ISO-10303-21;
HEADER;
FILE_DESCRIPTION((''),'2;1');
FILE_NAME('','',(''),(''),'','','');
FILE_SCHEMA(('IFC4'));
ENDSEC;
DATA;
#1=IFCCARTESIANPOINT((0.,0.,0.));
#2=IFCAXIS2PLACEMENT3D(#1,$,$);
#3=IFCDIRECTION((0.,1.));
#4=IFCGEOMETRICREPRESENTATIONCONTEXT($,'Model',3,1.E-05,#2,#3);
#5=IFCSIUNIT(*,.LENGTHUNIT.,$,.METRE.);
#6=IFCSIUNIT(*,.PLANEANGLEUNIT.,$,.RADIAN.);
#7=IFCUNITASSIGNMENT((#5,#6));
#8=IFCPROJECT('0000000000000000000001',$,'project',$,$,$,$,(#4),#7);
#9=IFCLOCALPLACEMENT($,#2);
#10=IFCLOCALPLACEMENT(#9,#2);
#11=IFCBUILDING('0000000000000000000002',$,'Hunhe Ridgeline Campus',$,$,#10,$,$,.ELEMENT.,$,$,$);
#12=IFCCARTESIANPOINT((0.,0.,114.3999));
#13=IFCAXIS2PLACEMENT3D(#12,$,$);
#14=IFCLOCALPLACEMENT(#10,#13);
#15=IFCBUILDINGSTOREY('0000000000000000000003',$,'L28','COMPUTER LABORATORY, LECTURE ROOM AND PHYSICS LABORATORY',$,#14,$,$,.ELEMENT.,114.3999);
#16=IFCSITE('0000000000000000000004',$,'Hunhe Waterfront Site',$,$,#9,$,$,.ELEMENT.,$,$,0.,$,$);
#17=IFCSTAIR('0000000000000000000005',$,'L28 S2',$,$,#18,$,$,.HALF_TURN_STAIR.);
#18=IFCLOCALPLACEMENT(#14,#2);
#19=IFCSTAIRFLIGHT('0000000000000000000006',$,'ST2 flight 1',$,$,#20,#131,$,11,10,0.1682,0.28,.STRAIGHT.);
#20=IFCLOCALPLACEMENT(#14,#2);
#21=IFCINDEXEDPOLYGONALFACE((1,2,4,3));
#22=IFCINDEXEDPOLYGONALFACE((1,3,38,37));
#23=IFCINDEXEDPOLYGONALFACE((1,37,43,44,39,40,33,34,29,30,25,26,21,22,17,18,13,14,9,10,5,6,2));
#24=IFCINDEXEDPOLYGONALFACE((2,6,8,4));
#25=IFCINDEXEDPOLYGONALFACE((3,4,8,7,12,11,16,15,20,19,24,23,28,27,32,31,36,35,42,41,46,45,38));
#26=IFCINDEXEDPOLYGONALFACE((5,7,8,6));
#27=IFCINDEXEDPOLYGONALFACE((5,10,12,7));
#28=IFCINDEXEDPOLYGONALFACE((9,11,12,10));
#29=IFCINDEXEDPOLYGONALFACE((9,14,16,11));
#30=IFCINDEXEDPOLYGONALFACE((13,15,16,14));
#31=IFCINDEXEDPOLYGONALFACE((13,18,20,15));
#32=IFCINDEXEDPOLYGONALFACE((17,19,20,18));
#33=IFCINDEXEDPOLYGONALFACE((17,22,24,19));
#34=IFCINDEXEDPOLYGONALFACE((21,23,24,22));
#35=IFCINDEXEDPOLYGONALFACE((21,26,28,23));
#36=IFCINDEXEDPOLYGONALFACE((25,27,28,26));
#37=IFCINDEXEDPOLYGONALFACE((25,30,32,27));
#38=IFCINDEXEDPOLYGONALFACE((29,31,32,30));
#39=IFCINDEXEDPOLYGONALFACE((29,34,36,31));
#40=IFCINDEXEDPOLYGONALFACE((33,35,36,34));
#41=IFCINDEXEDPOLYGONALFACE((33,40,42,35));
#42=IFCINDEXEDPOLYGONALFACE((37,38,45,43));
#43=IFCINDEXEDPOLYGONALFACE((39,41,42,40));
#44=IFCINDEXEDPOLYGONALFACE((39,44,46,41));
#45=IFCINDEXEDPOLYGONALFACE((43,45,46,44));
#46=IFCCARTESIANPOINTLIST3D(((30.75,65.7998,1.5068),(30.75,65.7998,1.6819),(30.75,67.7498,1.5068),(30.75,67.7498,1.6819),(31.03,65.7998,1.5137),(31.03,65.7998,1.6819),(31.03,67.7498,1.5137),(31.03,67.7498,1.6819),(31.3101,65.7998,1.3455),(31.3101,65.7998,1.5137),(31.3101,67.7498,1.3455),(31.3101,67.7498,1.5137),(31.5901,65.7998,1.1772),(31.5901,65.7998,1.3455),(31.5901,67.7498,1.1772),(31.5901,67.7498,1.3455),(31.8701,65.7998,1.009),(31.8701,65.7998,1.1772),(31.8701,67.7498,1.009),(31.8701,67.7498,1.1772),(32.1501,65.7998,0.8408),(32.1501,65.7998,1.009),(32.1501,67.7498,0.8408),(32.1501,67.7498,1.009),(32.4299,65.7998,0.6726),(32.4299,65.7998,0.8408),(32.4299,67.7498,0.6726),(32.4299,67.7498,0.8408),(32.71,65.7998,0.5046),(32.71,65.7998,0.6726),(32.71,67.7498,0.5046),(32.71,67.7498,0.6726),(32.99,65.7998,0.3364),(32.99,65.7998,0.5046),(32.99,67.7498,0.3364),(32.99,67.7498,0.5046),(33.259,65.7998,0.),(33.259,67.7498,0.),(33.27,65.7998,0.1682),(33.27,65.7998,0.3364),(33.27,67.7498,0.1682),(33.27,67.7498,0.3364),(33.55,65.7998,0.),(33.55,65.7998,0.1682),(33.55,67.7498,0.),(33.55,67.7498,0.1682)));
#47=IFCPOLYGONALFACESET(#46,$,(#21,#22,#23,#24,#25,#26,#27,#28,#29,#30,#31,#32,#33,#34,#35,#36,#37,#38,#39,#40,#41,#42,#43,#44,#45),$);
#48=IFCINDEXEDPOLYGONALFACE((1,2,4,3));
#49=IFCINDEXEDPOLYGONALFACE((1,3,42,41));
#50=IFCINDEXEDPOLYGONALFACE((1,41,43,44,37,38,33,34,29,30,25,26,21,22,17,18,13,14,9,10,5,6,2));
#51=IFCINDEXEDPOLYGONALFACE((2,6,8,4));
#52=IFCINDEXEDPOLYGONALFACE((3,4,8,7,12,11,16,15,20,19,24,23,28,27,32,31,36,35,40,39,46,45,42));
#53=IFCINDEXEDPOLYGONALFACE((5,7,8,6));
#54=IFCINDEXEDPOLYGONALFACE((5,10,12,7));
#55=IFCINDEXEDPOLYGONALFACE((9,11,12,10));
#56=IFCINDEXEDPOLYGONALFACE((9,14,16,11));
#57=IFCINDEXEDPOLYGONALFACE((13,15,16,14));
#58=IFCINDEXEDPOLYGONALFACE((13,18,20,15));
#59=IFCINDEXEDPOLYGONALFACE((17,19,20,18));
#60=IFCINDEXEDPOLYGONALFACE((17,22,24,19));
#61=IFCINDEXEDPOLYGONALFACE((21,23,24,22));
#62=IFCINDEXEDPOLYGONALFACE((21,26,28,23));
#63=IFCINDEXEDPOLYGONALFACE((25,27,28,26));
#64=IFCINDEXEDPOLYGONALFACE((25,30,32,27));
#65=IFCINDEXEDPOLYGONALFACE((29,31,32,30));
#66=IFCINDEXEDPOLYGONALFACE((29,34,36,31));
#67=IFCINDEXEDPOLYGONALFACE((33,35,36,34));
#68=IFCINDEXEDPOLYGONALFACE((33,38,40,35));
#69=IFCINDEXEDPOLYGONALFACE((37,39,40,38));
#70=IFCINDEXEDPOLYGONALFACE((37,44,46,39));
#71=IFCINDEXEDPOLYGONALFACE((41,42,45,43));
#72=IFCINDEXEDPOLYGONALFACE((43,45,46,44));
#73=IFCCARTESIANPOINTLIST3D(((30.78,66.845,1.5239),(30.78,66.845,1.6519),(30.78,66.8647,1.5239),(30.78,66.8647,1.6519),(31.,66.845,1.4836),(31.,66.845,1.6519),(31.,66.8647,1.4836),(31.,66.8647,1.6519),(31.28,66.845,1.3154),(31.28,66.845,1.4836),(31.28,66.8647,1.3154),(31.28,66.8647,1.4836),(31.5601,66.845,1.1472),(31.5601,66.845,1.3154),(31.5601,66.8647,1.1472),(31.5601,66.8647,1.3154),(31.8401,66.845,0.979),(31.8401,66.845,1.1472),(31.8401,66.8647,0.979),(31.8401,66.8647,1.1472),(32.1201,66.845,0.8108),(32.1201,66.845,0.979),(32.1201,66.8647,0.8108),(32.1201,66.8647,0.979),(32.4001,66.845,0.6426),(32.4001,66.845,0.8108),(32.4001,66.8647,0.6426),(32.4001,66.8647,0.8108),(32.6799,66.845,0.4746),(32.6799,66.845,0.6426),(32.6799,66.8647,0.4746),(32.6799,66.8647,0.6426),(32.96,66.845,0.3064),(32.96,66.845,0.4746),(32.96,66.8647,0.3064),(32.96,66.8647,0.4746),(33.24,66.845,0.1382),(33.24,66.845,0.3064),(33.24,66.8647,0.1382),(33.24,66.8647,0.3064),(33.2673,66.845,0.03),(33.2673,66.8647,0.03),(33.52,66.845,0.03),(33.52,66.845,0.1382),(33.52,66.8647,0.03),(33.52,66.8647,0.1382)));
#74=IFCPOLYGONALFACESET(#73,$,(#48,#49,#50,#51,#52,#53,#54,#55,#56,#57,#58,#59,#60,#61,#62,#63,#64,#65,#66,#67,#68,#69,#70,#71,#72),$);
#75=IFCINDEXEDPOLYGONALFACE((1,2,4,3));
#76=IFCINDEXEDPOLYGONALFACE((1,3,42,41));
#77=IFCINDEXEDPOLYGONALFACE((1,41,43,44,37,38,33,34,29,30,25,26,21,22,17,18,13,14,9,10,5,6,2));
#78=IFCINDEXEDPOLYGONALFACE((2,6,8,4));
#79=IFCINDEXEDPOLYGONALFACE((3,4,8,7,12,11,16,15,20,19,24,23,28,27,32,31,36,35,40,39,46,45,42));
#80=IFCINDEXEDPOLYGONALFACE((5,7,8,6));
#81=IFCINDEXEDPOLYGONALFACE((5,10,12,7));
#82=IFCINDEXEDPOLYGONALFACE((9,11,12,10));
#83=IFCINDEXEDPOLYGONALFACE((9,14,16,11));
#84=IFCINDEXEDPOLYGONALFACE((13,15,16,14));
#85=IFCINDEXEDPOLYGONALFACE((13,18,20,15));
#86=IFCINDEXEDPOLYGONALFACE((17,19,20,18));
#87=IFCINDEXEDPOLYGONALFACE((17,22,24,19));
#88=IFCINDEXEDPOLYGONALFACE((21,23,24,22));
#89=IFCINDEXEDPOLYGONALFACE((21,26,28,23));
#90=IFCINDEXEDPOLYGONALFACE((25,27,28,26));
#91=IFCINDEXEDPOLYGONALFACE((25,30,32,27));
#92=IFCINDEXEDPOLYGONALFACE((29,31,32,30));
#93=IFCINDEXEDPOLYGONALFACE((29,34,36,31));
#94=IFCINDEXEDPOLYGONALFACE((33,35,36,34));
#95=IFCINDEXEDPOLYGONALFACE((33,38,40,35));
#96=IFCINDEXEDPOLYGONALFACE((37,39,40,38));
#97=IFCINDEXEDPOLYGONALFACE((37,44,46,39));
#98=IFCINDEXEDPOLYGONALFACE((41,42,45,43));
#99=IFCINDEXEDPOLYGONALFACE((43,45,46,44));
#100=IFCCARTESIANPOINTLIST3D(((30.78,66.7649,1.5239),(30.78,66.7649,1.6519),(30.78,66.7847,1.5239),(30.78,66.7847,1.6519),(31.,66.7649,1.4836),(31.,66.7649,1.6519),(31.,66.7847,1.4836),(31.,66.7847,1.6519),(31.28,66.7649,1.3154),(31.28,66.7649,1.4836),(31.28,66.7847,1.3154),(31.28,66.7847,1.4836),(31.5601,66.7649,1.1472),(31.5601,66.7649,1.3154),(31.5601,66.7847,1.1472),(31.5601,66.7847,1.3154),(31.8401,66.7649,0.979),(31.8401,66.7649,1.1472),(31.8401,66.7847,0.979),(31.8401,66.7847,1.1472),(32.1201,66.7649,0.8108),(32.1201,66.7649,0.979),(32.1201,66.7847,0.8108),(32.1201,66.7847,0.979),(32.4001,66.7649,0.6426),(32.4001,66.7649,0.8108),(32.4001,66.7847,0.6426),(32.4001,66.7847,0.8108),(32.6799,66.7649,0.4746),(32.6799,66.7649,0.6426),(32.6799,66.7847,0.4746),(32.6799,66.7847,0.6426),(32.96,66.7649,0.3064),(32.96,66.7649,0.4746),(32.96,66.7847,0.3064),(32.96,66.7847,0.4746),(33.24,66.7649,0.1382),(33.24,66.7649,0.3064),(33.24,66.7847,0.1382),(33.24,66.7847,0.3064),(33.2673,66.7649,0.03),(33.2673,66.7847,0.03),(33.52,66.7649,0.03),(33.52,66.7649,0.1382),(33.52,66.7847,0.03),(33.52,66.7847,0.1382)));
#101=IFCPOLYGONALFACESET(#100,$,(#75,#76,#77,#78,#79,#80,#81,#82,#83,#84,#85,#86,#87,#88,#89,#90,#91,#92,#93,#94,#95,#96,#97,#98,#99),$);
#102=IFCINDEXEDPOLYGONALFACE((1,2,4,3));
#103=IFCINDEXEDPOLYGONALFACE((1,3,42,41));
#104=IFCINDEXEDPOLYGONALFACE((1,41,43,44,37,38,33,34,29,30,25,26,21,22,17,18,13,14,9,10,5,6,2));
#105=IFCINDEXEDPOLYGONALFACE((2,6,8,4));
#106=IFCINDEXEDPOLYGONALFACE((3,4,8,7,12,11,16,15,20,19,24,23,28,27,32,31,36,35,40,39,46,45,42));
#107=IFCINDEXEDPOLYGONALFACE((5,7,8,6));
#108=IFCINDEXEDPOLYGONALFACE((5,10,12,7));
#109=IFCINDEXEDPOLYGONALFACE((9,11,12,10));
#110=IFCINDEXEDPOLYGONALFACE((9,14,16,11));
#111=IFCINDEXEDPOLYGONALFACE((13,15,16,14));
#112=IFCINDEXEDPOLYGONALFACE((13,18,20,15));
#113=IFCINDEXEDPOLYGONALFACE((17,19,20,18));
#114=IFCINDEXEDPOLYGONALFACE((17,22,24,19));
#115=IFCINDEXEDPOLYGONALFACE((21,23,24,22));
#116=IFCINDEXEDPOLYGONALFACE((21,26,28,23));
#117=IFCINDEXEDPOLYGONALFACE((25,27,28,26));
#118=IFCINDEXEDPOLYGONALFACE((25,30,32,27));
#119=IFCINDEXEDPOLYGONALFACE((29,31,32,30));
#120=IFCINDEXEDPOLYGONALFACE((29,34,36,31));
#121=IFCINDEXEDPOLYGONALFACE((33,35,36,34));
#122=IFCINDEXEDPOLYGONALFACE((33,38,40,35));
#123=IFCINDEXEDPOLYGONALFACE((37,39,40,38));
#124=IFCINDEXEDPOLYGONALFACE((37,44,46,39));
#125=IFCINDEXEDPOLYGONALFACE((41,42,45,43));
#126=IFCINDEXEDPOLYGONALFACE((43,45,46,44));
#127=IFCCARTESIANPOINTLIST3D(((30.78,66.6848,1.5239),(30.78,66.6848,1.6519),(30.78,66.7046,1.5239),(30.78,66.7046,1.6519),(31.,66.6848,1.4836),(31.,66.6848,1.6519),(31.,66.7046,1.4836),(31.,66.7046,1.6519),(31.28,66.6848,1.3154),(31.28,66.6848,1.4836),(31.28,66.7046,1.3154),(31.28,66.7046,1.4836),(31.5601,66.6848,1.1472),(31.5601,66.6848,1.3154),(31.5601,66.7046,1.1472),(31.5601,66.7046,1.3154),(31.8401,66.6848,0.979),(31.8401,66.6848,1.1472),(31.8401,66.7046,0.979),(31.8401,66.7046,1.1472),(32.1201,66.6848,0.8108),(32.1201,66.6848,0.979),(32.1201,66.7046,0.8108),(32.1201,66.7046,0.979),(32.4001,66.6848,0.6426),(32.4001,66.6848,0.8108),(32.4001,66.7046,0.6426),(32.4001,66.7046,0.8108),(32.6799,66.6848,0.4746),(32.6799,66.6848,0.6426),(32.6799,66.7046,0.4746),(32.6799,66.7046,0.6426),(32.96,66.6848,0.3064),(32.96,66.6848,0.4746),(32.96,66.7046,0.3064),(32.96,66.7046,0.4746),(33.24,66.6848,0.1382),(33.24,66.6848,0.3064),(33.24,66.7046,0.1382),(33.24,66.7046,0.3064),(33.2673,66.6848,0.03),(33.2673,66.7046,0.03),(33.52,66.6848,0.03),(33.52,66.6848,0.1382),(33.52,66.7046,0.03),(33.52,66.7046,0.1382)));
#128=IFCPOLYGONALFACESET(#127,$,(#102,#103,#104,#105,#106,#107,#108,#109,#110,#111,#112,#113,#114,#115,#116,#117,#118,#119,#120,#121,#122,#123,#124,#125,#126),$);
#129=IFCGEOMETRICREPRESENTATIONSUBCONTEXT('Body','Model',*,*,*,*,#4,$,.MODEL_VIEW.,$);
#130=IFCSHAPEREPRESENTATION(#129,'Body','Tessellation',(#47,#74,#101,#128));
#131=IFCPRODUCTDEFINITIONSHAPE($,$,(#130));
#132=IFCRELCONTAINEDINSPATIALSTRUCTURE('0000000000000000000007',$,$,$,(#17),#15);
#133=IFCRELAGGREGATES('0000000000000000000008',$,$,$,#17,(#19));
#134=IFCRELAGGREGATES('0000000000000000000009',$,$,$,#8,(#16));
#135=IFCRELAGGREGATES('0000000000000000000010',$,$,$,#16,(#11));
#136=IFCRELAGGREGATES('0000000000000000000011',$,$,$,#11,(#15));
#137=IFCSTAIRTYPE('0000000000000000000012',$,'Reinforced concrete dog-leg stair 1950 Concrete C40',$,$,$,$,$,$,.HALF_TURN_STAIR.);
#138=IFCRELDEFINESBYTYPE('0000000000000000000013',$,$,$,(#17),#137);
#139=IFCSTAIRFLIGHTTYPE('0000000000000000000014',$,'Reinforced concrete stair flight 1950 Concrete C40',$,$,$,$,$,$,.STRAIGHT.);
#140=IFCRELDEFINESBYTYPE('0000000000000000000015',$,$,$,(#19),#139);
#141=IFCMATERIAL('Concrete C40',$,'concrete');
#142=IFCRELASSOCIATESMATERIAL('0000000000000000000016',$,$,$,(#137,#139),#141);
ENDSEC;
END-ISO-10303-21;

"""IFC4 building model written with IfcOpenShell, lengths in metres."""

from ifc_helpers import new_model, si_unit, direction, frame, origin, place, context, subcontext, project, spatial, polyline, outline, extrude, material, type_object, element, aggregate, save


model = new_model("IFC4")

# Units and contexts
model_context = context("Model", 3, precision=1e-05, world=origin(), true_north=direction((0.0, 1.0)))
body_context = subcontext(model_context, "Body", "Model", "MODEL_VIEW")
ifc_project = project(units=[si_unit("LENGTHUNIT", "METRE"), si_unit("PLANEANGLEUNIT", "RADIAN")], contexts=[model_context])

# Site, building, storey
site_placement = place(None, origin())
site = spatial("IfcSite", under=ifc_project, at=site_placement, Name="Hunhe Waterfront Site", CompositionType="ELEMENT", RefElevation=0.0)
building_placement = place(site_placement, origin())
building = spatial("IfcBuilding", under=site, at=building_placement, Name="Hunhe Ridgeline Campus", CompositionType="ELEMENT")
storey_placement = place(building_placement, frame((0.0, 0.0, 114.3999)))
storey = spatial("IfcBuildingStorey", under=building, at=storey_placement, Name="L28", Description="COMPUTER LABORATORY, LECTURE ROOM AND PHYSICS LABORATORY", CompositionType="ELEMENT", Elevation=114.3999)

# Stair, stair flight
ifc_material_1 = material(Name="Concrete C40", Category="concrete")
stair_type = type_object("IfcStairType", Name="Reinforced concrete dog-leg stair 1950 Concrete C40", PredefinedType="HALF_TURN_STAIR", material=ifc_material_1)
stair_placement = place(storey_placement, origin())
stair = element("IfcStair", 1, at=stair_placement, inside=storey, type_object=stair_type, Name="L28 S2", PredefinedType="HALF_TURN_STAIR")
stair_flight_type = type_object("IfcStairFlightType", Name="Reinforced concrete stair flight 1950 Concrete C40", PredefinedType="STRAIGHT", material=ifc_material_1)
stair_flight_1_placement = place(storey_placement, frame((33.55, 66.7749, 0.0), z_axis=(0.0, 0.0, 1.0), x_axis=(-1.0, 0.0, 0.0)))
stair_flight_1 = element("IfcStairFlight", 2, at=stair_flight_1_placement, type_object=stair_flight_type, Name="ST2 flight 1", NumberOfRisers=11, NumberOfTreads=10, PredefinedType="STRAIGHT", RiserHeight=0.1682, TreadLength=0.28, context=body_context, shape_type="SweptSolid", body=[
    extrude(outline(polyline([(0.0, 0.0), (0.0, 0.1682), (0.28, 0.1682), (0.28, 0.3364), (0.5601, 0.3364), (0.5601, 0.5046), (0.8401, 0.5046), (0.8401, 0.6726), (1.1201, 0.6726), (1.1201, 0.8408), (1.3999, 0.8408), (1.3999, 1.009), (1.6799, 1.009), (1.6799, 1.1772), (1.96, 1.1772), (1.96, 1.3455), (2.24, 1.3455), (2.24, 1.5137), (2.52, 1.5137), (2.52, 1.6819), (2.8, 1.6819), (2.8, 1.8501), (2.8, 1.5068), (0.291, 0.0), (0.0, 0.0)])), frame((0.0, 0.9751, 0.0), z_axis=(0.0, -1.0, 0.0), x_axis=(1.0, 0.0, 0.0)), (0.0, 0.0, 1.0), 1.95),
    extrude(outline(polyline([(0.03, 0.03), (0.03, 0.1382), (0.3101, 0.1382), (0.3101, 0.3064), (0.5901, 0.3064), (0.5901, 0.4746), (0.8701, 0.4746), (0.8701, 0.6426), (1.1499, 0.6426), (1.1499, 0.8108), (1.4299, 0.8108), (1.4299, 0.979), (1.71, 0.979), (1.71, 1.1472), (1.99, 1.1472), (1.99, 1.3154), (2.27, 1.3154), (2.27, 1.4836), (2.55, 1.4836), (2.55, 1.6519), (2.77, 1.6519), (2.77, 1.5239), (0.2827, 0.03), (0.03, 0.03)])), frame((0.0, -0.0701, 0.0), z_axis=(0.0, -1.0, 0.0), x_axis=(1.0, 0.0, 0.0)), (0.0, 0.0, 1.0), 0.0198),
    extrude(outline(polyline([(0.03, 0.03), (0.03, 0.1382), (0.3101, 0.1382), (0.3101, 0.3064), (0.5901, 0.3064), (0.5901, 0.4746), (0.8701, 0.4746), (0.8701, 0.6426), (1.1499, 0.6426), (1.1499, 0.8108), (1.4299, 0.8108), (1.4299, 0.979), (1.71, 0.979), (1.71, 1.1472), (1.99, 1.1472), (1.99, 1.3154), (2.27, 1.3154), (2.27, 1.4836), (2.55, 1.4836), (2.55, 1.6519), (2.77, 1.6519), (2.77, 1.5239), (0.2827, 0.03), (0.03, 0.03)])), frame((0.0, 0.01, 0.0), z_axis=(0.0, -1.0, 0.0), x_axis=(1.0, 0.0, 0.0)), (0.0, 0.0, 1.0), 0.0198),
    extrude(outline(polyline([(0.03, 0.03), (0.03, 0.1382), (0.3101, 0.1382), (0.3101, 0.3064), (0.5901, 0.3064), (0.5901, 0.4746), (0.8701, 0.4746), (0.8701, 0.6426), (1.1499, 0.6426), (1.1499, 0.8108), (1.4299, 0.8108), (1.4299, 0.979), (1.71, 0.979), (1.71, 1.1472), (1.99, 1.1472), (1.99, 1.3154), (2.27, 1.3154), (2.27, 1.4836), (2.55, 1.4836), (2.55, 1.6519), (2.77, 1.6519), (2.77, 1.5239), (0.2827, 0.03), (0.03, 0.03)])), frame((0.0, 0.0901, 0.0), z_axis=(0.0, -1.0, 0.0), x_axis=(1.0, 0.0, 0.0)), (0.0, 0.0, 1.0), 0.0198),
])
aggregate(stair, [stair_flight_1])

save(model, "model.ifc")
